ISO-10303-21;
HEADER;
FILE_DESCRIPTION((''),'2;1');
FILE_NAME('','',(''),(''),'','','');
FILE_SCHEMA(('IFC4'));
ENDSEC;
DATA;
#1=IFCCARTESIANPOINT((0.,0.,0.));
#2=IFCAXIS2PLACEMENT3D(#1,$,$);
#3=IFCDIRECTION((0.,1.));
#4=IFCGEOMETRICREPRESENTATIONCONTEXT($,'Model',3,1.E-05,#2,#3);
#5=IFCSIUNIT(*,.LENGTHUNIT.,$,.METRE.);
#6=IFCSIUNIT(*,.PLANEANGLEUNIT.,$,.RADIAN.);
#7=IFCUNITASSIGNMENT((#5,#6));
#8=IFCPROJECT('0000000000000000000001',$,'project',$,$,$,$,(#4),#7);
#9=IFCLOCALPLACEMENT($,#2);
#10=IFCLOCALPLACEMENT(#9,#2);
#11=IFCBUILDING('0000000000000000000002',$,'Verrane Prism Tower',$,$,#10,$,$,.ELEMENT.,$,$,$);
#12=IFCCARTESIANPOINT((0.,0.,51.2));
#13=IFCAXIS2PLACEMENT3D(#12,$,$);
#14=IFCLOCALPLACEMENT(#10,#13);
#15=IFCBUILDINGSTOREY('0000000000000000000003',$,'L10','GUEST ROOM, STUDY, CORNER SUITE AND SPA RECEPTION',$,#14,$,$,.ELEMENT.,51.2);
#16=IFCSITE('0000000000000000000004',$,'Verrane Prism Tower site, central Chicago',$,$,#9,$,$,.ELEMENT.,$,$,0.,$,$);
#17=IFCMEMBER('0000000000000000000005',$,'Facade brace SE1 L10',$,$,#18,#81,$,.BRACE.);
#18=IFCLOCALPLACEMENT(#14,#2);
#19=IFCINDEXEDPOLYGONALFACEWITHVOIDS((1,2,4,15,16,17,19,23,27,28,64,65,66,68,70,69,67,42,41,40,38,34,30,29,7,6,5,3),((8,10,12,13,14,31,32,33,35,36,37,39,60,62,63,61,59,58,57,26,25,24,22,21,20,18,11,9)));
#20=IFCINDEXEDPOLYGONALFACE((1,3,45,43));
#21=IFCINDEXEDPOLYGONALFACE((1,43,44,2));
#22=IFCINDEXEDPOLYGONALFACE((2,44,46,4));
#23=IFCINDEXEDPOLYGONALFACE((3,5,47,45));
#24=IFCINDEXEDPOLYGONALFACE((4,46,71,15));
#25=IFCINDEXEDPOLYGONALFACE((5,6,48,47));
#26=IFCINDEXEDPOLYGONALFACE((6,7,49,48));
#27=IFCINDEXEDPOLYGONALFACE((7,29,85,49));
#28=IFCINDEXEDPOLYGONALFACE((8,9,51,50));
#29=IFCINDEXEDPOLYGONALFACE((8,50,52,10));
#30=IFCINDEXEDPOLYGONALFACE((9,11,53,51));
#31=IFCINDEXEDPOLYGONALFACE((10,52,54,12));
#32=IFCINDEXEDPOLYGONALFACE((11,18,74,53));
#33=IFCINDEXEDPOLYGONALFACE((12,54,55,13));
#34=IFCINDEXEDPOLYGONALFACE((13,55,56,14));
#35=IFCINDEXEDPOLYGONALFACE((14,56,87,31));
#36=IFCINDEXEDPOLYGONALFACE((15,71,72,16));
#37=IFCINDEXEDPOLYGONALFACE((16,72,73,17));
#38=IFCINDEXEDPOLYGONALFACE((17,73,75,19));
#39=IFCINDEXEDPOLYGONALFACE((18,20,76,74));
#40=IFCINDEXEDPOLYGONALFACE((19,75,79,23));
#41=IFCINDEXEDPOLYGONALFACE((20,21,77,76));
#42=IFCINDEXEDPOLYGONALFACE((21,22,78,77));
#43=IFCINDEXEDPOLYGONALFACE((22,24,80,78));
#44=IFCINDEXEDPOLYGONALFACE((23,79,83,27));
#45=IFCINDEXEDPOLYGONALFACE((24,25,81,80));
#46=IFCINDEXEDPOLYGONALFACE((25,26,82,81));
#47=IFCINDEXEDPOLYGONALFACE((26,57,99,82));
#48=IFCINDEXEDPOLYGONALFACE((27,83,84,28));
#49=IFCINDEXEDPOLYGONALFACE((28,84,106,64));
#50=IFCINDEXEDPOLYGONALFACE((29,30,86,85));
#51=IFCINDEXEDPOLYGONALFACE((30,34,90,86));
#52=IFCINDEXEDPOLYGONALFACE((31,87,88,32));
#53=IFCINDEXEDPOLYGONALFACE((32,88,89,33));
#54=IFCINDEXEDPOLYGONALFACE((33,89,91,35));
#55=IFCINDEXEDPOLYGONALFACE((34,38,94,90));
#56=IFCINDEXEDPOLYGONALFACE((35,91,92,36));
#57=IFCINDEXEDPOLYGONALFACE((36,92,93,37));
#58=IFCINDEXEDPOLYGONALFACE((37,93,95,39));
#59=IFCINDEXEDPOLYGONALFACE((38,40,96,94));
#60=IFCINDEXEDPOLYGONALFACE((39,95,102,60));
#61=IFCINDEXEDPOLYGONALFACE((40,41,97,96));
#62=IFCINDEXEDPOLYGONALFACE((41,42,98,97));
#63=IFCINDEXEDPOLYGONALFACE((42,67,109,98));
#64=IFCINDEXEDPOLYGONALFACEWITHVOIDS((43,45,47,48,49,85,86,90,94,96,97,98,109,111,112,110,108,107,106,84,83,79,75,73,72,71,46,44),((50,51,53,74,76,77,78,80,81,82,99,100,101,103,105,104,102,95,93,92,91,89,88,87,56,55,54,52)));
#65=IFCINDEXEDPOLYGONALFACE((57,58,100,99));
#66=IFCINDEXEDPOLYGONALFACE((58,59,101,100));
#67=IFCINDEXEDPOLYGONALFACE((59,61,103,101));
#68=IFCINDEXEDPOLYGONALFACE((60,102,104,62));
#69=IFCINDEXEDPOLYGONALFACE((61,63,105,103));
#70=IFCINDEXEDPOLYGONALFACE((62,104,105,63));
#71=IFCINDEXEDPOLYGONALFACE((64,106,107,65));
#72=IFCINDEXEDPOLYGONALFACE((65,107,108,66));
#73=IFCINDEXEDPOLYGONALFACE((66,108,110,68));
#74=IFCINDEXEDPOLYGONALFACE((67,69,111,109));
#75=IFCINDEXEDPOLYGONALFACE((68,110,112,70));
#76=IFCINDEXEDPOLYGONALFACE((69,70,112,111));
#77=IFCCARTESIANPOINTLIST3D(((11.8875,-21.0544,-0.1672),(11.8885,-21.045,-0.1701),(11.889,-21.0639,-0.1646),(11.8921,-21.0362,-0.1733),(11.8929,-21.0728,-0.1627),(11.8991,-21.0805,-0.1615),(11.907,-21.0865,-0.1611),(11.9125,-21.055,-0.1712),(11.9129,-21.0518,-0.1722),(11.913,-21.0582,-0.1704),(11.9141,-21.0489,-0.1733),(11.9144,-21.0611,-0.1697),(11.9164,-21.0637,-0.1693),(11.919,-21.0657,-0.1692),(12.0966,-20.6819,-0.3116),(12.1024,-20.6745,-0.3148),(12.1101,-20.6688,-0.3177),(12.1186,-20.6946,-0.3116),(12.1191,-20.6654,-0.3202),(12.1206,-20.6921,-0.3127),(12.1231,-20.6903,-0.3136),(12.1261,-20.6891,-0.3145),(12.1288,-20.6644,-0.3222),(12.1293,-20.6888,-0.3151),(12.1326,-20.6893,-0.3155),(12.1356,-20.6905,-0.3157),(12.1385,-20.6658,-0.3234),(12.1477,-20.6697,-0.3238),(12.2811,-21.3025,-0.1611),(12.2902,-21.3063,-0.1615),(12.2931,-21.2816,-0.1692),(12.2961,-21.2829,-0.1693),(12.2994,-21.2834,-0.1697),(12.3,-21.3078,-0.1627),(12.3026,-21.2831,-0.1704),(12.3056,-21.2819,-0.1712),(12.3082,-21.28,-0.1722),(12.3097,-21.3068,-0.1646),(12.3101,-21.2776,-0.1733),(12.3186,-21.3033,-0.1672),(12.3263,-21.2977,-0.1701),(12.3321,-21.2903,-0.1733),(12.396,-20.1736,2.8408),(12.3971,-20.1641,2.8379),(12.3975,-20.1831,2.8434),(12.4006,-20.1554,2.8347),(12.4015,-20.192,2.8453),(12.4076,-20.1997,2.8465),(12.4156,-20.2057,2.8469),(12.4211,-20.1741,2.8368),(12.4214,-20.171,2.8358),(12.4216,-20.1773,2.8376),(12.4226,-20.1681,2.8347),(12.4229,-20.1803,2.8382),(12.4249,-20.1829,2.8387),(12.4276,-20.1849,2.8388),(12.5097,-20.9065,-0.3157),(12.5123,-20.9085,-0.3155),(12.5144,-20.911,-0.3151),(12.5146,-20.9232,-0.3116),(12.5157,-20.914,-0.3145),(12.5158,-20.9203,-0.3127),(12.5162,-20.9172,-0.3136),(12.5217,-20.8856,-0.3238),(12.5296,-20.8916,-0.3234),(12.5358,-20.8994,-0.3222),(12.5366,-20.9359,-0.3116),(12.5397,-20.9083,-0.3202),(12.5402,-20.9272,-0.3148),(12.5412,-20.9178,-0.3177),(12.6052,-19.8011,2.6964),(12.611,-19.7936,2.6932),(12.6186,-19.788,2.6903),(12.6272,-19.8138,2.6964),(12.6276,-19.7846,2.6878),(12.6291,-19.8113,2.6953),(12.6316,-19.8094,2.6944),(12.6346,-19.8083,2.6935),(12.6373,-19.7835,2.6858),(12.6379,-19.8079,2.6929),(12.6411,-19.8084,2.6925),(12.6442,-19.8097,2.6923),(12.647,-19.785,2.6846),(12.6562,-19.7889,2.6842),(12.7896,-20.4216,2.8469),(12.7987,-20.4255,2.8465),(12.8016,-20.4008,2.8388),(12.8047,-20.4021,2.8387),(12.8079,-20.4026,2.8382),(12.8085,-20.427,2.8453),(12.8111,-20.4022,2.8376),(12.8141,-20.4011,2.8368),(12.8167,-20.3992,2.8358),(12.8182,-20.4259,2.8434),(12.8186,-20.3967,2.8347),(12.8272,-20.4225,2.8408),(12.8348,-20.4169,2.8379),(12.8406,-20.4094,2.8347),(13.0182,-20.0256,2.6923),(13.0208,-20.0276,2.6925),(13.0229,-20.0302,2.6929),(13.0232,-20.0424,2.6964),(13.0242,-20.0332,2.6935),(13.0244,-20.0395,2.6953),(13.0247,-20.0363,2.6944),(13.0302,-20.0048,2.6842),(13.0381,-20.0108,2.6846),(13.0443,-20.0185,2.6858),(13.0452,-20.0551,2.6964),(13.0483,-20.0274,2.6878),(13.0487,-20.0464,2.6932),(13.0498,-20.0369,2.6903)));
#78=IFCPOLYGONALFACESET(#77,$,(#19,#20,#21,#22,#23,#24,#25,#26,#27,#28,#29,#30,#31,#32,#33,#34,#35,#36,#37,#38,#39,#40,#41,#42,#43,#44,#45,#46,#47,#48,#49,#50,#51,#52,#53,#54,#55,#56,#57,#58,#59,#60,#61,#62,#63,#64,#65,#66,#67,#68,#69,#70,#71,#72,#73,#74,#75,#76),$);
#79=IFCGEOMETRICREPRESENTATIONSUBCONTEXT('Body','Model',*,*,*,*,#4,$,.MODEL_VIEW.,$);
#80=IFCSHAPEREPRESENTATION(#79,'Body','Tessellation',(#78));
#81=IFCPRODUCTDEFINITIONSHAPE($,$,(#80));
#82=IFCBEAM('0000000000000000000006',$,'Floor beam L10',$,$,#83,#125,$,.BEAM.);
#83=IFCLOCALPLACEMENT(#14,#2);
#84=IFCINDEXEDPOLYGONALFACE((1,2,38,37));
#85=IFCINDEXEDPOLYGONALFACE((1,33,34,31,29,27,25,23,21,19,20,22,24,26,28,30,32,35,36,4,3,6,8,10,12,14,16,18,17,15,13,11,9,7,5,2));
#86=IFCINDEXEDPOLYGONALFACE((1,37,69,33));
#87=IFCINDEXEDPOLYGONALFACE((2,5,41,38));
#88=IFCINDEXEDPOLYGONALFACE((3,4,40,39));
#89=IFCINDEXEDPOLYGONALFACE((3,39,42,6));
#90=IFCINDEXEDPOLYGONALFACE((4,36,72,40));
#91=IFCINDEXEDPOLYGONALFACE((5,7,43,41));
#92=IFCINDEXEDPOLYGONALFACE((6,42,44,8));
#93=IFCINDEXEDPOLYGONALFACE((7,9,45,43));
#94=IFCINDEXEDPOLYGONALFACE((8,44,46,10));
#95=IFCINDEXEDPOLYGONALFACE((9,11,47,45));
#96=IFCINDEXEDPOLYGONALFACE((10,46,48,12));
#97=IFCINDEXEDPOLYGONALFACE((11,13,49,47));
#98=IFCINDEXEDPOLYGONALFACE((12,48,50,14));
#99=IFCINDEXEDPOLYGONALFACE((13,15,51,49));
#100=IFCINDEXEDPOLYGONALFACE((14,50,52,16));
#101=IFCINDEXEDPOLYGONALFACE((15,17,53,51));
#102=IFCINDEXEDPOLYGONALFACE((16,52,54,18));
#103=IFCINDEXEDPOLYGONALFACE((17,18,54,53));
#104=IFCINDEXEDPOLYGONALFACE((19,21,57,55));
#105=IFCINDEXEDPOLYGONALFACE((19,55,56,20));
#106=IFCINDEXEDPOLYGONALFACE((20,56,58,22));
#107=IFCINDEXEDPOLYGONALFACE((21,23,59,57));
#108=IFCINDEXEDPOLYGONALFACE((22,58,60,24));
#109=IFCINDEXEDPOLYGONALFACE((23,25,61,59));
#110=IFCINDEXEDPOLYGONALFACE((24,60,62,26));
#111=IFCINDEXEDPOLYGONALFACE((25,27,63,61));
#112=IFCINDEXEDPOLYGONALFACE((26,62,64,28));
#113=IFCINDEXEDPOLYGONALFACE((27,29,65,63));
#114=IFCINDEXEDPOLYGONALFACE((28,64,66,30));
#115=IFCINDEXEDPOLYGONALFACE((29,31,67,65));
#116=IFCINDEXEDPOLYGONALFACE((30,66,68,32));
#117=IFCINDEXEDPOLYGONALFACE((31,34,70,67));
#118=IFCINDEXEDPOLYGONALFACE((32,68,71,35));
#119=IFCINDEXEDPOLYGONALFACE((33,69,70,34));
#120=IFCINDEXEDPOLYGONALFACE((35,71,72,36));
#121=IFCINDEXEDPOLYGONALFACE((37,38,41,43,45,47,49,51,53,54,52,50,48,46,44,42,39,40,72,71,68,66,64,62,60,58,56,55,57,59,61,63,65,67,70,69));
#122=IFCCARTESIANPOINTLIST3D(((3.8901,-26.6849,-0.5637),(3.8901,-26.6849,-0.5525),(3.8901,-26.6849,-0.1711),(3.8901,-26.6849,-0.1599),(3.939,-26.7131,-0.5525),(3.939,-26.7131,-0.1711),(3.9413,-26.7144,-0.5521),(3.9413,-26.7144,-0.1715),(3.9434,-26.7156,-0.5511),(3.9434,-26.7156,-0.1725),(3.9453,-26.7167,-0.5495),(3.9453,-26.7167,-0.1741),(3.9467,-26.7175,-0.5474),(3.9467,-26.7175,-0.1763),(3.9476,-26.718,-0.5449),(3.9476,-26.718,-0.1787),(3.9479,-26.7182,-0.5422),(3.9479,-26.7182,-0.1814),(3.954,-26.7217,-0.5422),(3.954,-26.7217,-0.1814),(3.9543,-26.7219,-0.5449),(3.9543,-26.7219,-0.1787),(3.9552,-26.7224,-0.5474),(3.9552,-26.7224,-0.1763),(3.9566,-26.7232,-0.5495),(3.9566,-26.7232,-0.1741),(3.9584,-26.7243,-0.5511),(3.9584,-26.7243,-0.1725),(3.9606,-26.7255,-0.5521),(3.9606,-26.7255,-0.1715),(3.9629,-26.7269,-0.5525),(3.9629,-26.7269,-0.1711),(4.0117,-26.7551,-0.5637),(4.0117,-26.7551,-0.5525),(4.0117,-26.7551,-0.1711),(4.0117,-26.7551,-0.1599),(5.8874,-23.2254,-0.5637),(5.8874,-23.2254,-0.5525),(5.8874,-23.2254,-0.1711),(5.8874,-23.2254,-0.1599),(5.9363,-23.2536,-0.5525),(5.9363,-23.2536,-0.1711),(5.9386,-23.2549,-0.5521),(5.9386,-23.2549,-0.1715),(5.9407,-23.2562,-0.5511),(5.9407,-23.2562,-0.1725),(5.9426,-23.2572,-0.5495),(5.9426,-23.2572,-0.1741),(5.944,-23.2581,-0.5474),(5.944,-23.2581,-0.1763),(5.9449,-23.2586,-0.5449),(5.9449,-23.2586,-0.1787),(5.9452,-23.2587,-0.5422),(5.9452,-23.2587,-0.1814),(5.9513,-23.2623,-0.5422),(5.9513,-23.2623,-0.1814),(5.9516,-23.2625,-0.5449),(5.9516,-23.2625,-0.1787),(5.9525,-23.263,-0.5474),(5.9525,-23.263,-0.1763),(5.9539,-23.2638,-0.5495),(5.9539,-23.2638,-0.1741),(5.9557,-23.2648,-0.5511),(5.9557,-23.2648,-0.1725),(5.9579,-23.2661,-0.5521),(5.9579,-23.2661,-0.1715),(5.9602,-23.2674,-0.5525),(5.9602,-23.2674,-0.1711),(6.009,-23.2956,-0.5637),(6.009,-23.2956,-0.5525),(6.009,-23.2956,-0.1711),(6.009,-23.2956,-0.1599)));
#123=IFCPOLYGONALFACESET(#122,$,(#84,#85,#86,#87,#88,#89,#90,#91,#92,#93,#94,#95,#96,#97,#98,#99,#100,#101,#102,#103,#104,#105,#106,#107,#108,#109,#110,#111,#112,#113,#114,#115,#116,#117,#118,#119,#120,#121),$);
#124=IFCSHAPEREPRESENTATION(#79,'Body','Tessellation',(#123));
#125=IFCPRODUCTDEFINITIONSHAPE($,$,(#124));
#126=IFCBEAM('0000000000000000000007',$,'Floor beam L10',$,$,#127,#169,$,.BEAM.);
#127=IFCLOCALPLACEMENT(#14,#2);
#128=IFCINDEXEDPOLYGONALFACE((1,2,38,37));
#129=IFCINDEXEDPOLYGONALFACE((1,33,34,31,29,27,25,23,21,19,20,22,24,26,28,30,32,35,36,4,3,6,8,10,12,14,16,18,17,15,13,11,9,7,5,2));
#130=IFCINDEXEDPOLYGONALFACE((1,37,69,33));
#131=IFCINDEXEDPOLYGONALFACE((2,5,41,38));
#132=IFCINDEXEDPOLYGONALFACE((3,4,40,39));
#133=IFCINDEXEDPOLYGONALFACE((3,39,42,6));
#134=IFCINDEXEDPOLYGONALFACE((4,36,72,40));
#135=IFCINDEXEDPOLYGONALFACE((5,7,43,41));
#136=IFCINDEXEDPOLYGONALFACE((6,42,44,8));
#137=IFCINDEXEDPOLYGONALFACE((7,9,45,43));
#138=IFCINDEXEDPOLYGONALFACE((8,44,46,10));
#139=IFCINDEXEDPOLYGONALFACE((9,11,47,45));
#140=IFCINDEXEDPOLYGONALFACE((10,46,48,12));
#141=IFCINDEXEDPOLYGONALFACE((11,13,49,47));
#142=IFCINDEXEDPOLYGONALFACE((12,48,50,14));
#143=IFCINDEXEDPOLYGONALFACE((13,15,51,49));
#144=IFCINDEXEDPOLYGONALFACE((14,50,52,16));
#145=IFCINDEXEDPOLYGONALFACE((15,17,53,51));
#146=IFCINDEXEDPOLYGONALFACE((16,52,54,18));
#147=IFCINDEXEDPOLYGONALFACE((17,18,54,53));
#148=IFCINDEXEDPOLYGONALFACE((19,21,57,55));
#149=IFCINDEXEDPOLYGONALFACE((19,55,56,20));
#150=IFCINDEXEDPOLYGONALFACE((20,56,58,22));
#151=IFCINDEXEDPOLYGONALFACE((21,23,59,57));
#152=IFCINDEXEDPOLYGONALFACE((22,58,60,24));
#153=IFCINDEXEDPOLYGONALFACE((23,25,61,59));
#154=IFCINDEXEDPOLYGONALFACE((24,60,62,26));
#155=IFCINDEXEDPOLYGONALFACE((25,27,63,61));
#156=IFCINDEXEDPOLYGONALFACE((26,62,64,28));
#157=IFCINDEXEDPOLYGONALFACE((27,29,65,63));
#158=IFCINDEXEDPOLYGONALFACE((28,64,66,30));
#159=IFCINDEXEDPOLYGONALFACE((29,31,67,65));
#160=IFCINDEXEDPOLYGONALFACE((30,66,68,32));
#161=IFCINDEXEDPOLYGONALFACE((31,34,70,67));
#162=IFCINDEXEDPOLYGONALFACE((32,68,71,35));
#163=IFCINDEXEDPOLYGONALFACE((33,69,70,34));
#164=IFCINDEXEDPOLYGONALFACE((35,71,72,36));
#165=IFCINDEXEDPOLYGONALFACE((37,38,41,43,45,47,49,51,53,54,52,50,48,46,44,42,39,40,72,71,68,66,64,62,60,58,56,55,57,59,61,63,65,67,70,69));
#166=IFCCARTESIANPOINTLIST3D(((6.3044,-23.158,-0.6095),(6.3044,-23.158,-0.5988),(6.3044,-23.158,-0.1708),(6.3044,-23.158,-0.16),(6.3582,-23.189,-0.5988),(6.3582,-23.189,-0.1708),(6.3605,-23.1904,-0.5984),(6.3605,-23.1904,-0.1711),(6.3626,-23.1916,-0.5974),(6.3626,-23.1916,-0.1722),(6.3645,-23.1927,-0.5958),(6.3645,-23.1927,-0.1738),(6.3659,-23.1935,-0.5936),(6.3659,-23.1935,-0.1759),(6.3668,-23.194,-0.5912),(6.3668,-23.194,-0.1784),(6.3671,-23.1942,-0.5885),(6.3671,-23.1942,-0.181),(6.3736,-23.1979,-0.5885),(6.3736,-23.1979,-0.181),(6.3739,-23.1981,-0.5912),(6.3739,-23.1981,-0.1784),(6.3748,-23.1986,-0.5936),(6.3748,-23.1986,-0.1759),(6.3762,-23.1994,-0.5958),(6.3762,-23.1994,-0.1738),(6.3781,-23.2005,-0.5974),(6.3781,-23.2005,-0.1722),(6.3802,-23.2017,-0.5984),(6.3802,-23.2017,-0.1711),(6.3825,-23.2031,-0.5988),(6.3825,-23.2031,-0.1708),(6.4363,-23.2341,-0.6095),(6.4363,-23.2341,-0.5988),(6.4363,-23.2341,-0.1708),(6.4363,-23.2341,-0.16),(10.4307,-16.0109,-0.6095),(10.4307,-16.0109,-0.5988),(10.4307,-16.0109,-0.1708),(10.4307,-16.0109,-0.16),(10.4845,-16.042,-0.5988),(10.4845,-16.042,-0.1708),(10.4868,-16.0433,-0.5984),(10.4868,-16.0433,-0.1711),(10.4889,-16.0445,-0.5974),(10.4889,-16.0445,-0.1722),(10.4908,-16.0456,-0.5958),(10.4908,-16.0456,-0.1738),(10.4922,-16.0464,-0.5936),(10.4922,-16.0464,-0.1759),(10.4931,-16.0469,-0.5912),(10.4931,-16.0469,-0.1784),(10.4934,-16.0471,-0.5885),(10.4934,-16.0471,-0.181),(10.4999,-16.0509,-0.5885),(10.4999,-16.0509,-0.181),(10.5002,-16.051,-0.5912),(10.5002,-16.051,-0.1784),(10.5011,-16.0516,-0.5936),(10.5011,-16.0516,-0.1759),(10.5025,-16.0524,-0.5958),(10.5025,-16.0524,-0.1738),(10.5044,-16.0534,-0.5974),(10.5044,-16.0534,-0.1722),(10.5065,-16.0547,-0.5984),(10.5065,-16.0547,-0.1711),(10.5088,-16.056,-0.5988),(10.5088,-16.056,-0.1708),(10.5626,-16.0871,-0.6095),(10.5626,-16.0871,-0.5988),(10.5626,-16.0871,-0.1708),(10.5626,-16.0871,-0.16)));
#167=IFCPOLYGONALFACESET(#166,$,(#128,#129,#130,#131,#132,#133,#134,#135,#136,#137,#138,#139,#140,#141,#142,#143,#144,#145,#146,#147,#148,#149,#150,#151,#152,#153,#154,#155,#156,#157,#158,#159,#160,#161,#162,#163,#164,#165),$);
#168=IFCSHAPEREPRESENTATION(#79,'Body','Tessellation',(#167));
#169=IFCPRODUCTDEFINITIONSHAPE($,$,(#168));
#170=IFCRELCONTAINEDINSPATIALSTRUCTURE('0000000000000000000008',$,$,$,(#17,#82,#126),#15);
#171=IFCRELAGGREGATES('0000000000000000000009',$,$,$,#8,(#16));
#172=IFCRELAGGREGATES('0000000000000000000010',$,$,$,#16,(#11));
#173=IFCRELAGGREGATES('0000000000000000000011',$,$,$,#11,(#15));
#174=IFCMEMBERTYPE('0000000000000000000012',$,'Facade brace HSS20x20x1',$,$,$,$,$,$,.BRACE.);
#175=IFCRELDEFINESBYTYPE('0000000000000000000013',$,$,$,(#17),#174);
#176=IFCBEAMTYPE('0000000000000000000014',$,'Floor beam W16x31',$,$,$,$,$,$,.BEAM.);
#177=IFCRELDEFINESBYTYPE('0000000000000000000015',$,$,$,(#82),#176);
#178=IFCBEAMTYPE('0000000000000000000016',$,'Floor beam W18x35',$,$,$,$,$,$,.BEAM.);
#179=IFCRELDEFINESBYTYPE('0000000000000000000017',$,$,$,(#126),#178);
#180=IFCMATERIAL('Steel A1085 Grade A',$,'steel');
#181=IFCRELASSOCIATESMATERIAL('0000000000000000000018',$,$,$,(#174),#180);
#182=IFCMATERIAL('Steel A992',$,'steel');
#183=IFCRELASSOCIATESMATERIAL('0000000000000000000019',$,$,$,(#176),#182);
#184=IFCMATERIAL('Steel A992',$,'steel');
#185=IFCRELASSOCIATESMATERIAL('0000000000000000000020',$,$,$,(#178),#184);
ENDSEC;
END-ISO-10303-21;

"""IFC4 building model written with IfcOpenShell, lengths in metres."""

from ifc_helpers import new_model, si_unit, direction, frame, origin, origin_2d, place, context, subcontext, project, spatial, hollow_rectangle, i_section, extrude, material, material_profile, profile_set, type_object, element, save


model = new_model("IFC4")

# Units and contexts
model_context = context("Model", 3, precision=1e-05, world=origin(), true_north=direction((0.0, 1.0)))
body_context = subcontext(model_context, "Body", "Model", "MODEL_VIEW")
ifc_project = project(units=[si_unit("LENGTHUNIT", "METRE"), si_unit("PLANEANGLEUNIT", "RADIAN")], contexts=[model_context])

# Site, building, storey
site_placement = place(None, origin())
site = spatial("IfcSite", under=ifc_project, at=site_placement, Name="Verrane Prism Tower site, central Chicago", CompositionType="ELEMENT", RefElevation=0.0)
building_placement = place(site_placement, origin())
building = spatial("IfcBuilding", under=site, at=building_placement, Name="Verrane Prism Tower", CompositionType="ELEMENT")
storey_placement = place(building_placement, frame((0.0, 0.0, 51.2)))
storey = spatial("IfcBuildingStorey", under=building, at=storey_placement, Name="L10", Description="GUEST ROOM, STUDY, CORNER SUITE AND SPA RECEPTION", CompositionType="ELEMENT", Elevation=51.2)

# Member
ifc_material_1 = material(Name="Steel A1085 Grade A", Category="steel")
ifc_material_profile_1 = material_profile(ifc_material_1, hollow_rectangle(XDim=0.5081, YDim=0.5081, WallThickness=0.0254, InnerFilletRadius=0.0127, OuterFilletRadius=0.0381, at=origin_2d()), Name="HSS20x20x1")
ifc_profile_set_1 = profile_set([ifc_material_profile_1], Name="Steel A1085 Grade A")
member_type_1 = type_object("IfcMemberType", Name="Facade brace HSS20x20x1", PredefinedType="BRACE", material=ifc_profile_set_1)
member_1_placement = place(storey_placement, frame((12.2144, -20.9861, -0.2424), z_axis=(0.160153, 0.277404, 0.947311), x_axis=(-0.866034, 0.499986, 0.0)))
element("IfcMember", 1, at=member_1_placement, inside=storey, type_object=member_type_1, Name="Facade brace SE1 L10", PredefinedType="BRACE", context=body_context, shape_type="SweptSolid", body=[
    extrude(hollow_rectangle(XDim=0.5081, YDim=0.5081, WallThickness=0.0254, InnerFilletRadius=0.0127, OuterFilletRadius=0.0381, at=origin_2d()), origin(), (0.0, 0.0, 1.0), 3.1753),
])

# Beams
ifc_material_2 = material(Name="Steel A992", Category="steel")
ifc_material_profile_2 = material_profile(ifc_material_2, i_section(OverallWidth=0.1404, OverallDepth=0.4038, WebThickness=0.0071, FlangeThickness=0.0112, FilletRadius=0.0103, at=origin_2d()), Name="W16x31")
ifc_profile_set_2 = profile_set([ifc_material_profile_2], Name="Steel A992")
beam_type_1 = type_object("IfcBeamType", Name="Floor beam W16x31", PredefinedType="BEAM", material=ifc_profile_set_2)
beam_1_placement = place(storey_placement, frame((3.9509, -26.72, -0.3618), z_axis=(0.499998, 0.866027, 0.0), x_axis=(-0.866027, 0.499998, 0.0)))
element("IfcBeam", 2, at=beam_1_placement, inside=storey, type_object=beam_type_1, Name="Floor beam L10", PredefinedType="BEAM", context=body_context, shape_type="SweptSolid", body=[
    extrude(i_section(OverallWidth=0.1404, OverallDepth=0.4038, WebThickness=0.0071, FlangeThickness=0.0112, FilletRadius=0.0103, at=origin_2d()), origin(), (0.0, 0.0, 1.0), 3.9946),
])
ifc_material_3 = material(Name="Steel A992", Category="steel")
ifc_material_profile_3 = material_profile(ifc_material_3, i_section(OverallWidth=0.1523, OverallDepth=0.4495, WebThickness=0.0076, FlangeThickness=0.0107, FilletRadius=0.0103, at=origin_2d()), Name="W18x35")
ifc_profile_set_3 = profile_set([ifc_material_profile_3], Name="Steel A992")
beam_type_2 = type_object("IfcBeamType", Name="Floor beam W18x35", PredefinedType="BEAM", material=ifc_profile_set_3)
beam_2_placement = place(storey_placement, frame((6.3704, -23.196, -0.3848), z_axis=(0.499992, 0.86603, 0.0), x_axis=(-0.86603, 0.499992, 0.0)))
element("IfcBeam", 3, at=beam_2_placement, inside=storey, type_object=beam_type_2, Name="Floor beam L10", PredefinedType="BEAM", context=body_context, shape_type="SweptSolid", body=[
    extrude(i_section(OverallWidth=0.1523, OverallDepth=0.4495, WebThickness=0.0076, FlangeThickness=0.0107, FilletRadius=0.0103, at=origin_2d()), origin(), (0.0, 0.0, 1.0), 8.2527),
])

save(model, "model.ifc")
